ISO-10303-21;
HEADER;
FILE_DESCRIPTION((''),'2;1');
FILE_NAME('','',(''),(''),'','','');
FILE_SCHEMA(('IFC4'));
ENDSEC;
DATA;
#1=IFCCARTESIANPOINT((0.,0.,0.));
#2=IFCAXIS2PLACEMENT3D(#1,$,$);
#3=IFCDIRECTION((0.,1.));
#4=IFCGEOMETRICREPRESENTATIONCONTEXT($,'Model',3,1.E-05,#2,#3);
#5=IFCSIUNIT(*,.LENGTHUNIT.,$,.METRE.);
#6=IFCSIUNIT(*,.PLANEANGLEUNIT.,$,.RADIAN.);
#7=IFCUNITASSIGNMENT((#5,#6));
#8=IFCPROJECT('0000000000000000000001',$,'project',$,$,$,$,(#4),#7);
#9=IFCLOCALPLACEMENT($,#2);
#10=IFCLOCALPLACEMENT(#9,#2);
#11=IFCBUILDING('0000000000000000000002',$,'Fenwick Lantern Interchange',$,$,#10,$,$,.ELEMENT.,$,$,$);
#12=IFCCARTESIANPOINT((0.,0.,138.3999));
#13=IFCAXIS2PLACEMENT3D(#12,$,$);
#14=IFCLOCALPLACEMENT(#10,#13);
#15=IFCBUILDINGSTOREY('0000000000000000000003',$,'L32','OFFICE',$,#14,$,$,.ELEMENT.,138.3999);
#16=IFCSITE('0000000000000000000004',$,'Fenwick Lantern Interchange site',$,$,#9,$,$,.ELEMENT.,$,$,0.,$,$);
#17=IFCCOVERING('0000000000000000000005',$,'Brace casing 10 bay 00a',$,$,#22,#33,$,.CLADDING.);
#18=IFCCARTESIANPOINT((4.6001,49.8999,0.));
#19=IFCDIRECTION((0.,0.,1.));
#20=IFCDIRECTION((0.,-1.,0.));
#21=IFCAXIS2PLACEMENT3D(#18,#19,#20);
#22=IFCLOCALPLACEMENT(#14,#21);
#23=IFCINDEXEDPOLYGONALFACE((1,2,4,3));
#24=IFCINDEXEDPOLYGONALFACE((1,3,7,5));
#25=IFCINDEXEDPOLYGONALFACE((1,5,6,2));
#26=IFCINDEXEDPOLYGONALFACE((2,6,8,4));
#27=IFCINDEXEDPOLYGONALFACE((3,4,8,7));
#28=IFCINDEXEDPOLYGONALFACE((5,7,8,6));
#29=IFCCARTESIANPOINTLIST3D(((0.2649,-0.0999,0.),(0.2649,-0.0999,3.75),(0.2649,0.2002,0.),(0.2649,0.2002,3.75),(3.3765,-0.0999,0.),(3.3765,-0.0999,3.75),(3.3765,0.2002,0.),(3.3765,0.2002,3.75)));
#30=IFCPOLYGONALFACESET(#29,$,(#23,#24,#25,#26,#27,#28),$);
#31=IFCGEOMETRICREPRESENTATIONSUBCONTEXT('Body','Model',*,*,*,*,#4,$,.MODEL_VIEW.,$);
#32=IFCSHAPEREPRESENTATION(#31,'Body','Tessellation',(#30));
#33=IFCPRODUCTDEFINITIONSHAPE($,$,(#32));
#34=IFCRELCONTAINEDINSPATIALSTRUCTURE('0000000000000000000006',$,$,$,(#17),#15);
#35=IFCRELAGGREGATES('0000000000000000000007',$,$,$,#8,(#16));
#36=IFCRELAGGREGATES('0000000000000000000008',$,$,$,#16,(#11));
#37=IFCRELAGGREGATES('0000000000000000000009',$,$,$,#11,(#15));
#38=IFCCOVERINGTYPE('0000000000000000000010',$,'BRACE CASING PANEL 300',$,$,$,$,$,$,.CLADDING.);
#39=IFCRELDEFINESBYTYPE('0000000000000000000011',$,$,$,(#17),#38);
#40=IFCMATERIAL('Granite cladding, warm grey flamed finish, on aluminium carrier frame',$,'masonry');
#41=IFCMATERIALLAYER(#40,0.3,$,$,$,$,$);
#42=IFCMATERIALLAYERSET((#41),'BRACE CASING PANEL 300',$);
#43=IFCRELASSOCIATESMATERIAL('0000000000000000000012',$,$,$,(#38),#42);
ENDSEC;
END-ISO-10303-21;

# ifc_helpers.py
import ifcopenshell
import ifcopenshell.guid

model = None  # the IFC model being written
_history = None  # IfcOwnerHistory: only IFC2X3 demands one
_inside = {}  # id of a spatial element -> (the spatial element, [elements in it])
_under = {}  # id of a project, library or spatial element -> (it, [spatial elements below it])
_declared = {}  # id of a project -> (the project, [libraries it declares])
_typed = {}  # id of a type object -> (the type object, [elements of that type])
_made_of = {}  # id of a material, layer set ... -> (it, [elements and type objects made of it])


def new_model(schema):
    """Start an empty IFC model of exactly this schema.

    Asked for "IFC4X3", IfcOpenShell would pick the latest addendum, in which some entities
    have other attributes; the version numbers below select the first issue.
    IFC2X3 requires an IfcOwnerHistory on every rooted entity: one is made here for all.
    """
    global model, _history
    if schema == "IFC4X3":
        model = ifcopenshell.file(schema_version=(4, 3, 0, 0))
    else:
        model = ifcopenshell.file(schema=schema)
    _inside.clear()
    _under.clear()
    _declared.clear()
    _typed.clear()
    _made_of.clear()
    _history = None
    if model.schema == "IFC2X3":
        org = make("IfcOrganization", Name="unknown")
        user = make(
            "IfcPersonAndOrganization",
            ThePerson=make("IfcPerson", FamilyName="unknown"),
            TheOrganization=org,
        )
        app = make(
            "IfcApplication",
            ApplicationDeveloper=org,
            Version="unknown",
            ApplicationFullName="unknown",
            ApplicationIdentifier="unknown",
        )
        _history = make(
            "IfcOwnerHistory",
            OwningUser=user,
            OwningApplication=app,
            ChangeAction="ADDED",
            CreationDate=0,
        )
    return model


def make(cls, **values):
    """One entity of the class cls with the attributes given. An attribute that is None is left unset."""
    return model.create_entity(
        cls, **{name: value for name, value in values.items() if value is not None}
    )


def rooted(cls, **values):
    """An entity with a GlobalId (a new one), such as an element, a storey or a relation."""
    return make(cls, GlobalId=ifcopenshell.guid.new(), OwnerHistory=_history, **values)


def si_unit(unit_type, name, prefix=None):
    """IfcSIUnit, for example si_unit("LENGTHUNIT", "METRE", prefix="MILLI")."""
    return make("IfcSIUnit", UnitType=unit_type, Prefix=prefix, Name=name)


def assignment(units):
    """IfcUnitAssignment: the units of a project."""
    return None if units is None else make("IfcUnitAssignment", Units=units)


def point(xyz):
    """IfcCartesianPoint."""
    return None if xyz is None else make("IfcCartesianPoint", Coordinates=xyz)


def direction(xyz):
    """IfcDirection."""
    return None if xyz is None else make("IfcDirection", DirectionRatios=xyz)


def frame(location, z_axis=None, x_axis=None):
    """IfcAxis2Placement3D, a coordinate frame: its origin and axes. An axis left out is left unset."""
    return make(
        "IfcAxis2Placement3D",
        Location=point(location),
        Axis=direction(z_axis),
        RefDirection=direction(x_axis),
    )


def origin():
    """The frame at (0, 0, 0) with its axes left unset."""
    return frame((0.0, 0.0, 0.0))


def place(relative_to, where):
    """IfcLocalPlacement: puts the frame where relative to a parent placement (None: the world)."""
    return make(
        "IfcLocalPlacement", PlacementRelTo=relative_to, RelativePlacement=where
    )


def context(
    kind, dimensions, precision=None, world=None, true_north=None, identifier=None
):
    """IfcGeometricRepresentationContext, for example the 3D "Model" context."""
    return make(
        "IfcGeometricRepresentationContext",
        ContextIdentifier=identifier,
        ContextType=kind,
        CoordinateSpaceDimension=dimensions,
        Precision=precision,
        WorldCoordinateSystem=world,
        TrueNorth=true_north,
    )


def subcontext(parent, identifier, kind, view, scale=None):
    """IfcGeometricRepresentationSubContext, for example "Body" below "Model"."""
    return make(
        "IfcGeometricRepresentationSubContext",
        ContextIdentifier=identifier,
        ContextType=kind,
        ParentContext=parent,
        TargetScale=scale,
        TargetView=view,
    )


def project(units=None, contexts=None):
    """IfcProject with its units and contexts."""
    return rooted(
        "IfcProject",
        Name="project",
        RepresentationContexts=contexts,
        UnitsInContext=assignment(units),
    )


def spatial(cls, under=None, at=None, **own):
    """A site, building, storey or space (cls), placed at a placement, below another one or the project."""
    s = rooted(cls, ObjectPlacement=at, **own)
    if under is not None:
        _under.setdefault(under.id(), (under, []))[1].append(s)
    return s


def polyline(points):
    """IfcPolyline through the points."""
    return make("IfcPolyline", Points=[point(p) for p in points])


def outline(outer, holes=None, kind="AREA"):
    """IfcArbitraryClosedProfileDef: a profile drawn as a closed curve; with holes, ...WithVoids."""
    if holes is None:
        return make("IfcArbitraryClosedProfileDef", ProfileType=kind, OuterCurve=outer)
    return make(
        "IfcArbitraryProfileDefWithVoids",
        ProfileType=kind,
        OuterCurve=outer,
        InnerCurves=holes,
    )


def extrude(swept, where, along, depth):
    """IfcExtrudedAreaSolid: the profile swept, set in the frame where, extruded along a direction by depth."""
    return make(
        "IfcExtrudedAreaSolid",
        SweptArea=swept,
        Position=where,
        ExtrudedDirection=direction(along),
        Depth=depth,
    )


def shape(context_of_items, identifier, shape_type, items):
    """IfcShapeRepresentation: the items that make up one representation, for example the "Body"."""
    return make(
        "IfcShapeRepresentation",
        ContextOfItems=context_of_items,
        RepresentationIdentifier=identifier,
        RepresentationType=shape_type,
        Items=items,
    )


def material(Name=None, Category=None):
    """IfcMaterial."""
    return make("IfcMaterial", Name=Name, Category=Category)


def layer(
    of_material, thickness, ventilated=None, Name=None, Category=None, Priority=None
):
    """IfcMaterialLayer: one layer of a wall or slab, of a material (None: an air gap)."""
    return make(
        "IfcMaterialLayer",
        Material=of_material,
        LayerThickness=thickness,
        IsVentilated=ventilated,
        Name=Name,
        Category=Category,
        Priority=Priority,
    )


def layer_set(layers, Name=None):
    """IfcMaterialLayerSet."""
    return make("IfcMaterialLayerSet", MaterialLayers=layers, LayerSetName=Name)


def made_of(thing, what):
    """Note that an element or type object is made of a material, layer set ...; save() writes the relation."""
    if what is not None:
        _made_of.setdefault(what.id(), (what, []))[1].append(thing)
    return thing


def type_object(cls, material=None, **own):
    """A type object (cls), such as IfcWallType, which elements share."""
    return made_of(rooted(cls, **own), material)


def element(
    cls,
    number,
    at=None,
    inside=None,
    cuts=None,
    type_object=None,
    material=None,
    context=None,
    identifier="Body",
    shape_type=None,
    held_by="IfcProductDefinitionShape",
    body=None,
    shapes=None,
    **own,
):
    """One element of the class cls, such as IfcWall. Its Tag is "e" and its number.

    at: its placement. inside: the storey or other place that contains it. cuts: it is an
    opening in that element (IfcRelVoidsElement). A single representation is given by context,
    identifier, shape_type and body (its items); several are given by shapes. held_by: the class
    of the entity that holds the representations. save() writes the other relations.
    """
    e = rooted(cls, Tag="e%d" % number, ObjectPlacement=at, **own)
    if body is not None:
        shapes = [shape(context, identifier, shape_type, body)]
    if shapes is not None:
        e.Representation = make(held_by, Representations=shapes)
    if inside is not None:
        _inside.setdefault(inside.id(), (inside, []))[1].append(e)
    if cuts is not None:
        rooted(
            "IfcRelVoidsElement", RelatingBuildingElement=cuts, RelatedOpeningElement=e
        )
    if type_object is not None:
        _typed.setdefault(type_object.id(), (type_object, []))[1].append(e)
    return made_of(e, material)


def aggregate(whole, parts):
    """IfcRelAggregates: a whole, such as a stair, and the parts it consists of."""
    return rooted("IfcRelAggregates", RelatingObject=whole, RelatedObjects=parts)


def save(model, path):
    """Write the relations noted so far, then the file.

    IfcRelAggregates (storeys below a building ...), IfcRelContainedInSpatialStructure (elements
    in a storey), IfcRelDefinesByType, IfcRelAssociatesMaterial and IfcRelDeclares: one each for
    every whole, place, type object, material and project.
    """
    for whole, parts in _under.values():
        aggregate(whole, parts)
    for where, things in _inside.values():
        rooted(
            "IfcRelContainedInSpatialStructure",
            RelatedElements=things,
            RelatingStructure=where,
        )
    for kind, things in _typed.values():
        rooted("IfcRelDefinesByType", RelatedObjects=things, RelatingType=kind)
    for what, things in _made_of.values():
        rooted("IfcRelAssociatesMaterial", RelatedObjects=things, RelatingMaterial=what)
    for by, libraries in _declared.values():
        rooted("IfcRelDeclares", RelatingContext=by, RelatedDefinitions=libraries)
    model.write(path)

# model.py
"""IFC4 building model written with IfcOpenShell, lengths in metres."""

from ifc_helpers import new_model, si_unit, direction, frame, origin, place, context, subcontext, project, spatial, polyline, outline, extrude, material, layer, layer_set, type_object, element, save


model = new_model("IFC4")

# Units and contexts
model_context = context("Model", 3, precision=1e-05, world=origin(), true_north=direction((0.0, 1.0)))
body_context = subcontext(model_context, "Body", "Model", "MODEL_VIEW")
ifc_project = project(units=[si_unit("LENGTHUNIT", "METRE"), si_unit("PLANEANGLEUNIT", "RADIAN")], contexts=[model_context])

# Site, building, storey
site_placement = place(None, origin())
site = spatial("IfcSite", under=ifc_project, at=site_placement, Name="Fenwick Lantern Interchange site", CompositionType="ELEMENT", RefElevation=0.0)
building_placement = place(site_placement, origin())
building = spatial("IfcBuilding", under=site, at=building_placement, Name="Fenwick Lantern Interchange", CompositionType="ELEMENT")
storey_placement = place(building_placement, frame((0.0, 0.0, 138.3999)))
storey = spatial("IfcBuildingStorey", under=building, at=storey_placement, Name="L32", Description="OFFICE", CompositionType="ELEMENT", Elevation=138.3999)

# Covering
ifc_material_1 = material(Name="Granite cladding, warm grey flamed finish, on aluminium carrier frame", Category="masonry")
ifc_layer_1 = layer(ifc_material_1, 0.3)
ifc_layer_set_1 = layer_set([ifc_layer_1], Name="BRACE CASING PANEL 300")
covering_type = type_object("IfcCoveringType", Name="BRACE CASING PANEL 300", PredefinedType="CLADDING", material=ifc_layer_set_1)
covering_placement = place(storey_placement, frame((4.6001, 49.8999, 0.0), z_axis=(0.0, 0.0, 1.0), x_axis=(0.0, -1.0, 0.0)))
element("IfcCovering", 1, at=covering_placement, inside=storey, type_object=covering_type, Name="Brace casing 10 bay 00a", PredefinedType="CLADDING", context=body_context, shape_type="SweptSolid", body=[
    extrude(outline(polyline([(0.2649, 0.0), (3.3765, 0.0), (3.3765, 3.75), (0.2649, 3.75), (0.2649, 0.0)])), frame((0.0, 0.2002, 0.0), z_axis=(0.0, -1.0, 0.0), x_axis=(1.0, 0.0, 0.0)), (0.0, 0.0, 1.0), 0.3),
])

save(model, "model.ifc")
